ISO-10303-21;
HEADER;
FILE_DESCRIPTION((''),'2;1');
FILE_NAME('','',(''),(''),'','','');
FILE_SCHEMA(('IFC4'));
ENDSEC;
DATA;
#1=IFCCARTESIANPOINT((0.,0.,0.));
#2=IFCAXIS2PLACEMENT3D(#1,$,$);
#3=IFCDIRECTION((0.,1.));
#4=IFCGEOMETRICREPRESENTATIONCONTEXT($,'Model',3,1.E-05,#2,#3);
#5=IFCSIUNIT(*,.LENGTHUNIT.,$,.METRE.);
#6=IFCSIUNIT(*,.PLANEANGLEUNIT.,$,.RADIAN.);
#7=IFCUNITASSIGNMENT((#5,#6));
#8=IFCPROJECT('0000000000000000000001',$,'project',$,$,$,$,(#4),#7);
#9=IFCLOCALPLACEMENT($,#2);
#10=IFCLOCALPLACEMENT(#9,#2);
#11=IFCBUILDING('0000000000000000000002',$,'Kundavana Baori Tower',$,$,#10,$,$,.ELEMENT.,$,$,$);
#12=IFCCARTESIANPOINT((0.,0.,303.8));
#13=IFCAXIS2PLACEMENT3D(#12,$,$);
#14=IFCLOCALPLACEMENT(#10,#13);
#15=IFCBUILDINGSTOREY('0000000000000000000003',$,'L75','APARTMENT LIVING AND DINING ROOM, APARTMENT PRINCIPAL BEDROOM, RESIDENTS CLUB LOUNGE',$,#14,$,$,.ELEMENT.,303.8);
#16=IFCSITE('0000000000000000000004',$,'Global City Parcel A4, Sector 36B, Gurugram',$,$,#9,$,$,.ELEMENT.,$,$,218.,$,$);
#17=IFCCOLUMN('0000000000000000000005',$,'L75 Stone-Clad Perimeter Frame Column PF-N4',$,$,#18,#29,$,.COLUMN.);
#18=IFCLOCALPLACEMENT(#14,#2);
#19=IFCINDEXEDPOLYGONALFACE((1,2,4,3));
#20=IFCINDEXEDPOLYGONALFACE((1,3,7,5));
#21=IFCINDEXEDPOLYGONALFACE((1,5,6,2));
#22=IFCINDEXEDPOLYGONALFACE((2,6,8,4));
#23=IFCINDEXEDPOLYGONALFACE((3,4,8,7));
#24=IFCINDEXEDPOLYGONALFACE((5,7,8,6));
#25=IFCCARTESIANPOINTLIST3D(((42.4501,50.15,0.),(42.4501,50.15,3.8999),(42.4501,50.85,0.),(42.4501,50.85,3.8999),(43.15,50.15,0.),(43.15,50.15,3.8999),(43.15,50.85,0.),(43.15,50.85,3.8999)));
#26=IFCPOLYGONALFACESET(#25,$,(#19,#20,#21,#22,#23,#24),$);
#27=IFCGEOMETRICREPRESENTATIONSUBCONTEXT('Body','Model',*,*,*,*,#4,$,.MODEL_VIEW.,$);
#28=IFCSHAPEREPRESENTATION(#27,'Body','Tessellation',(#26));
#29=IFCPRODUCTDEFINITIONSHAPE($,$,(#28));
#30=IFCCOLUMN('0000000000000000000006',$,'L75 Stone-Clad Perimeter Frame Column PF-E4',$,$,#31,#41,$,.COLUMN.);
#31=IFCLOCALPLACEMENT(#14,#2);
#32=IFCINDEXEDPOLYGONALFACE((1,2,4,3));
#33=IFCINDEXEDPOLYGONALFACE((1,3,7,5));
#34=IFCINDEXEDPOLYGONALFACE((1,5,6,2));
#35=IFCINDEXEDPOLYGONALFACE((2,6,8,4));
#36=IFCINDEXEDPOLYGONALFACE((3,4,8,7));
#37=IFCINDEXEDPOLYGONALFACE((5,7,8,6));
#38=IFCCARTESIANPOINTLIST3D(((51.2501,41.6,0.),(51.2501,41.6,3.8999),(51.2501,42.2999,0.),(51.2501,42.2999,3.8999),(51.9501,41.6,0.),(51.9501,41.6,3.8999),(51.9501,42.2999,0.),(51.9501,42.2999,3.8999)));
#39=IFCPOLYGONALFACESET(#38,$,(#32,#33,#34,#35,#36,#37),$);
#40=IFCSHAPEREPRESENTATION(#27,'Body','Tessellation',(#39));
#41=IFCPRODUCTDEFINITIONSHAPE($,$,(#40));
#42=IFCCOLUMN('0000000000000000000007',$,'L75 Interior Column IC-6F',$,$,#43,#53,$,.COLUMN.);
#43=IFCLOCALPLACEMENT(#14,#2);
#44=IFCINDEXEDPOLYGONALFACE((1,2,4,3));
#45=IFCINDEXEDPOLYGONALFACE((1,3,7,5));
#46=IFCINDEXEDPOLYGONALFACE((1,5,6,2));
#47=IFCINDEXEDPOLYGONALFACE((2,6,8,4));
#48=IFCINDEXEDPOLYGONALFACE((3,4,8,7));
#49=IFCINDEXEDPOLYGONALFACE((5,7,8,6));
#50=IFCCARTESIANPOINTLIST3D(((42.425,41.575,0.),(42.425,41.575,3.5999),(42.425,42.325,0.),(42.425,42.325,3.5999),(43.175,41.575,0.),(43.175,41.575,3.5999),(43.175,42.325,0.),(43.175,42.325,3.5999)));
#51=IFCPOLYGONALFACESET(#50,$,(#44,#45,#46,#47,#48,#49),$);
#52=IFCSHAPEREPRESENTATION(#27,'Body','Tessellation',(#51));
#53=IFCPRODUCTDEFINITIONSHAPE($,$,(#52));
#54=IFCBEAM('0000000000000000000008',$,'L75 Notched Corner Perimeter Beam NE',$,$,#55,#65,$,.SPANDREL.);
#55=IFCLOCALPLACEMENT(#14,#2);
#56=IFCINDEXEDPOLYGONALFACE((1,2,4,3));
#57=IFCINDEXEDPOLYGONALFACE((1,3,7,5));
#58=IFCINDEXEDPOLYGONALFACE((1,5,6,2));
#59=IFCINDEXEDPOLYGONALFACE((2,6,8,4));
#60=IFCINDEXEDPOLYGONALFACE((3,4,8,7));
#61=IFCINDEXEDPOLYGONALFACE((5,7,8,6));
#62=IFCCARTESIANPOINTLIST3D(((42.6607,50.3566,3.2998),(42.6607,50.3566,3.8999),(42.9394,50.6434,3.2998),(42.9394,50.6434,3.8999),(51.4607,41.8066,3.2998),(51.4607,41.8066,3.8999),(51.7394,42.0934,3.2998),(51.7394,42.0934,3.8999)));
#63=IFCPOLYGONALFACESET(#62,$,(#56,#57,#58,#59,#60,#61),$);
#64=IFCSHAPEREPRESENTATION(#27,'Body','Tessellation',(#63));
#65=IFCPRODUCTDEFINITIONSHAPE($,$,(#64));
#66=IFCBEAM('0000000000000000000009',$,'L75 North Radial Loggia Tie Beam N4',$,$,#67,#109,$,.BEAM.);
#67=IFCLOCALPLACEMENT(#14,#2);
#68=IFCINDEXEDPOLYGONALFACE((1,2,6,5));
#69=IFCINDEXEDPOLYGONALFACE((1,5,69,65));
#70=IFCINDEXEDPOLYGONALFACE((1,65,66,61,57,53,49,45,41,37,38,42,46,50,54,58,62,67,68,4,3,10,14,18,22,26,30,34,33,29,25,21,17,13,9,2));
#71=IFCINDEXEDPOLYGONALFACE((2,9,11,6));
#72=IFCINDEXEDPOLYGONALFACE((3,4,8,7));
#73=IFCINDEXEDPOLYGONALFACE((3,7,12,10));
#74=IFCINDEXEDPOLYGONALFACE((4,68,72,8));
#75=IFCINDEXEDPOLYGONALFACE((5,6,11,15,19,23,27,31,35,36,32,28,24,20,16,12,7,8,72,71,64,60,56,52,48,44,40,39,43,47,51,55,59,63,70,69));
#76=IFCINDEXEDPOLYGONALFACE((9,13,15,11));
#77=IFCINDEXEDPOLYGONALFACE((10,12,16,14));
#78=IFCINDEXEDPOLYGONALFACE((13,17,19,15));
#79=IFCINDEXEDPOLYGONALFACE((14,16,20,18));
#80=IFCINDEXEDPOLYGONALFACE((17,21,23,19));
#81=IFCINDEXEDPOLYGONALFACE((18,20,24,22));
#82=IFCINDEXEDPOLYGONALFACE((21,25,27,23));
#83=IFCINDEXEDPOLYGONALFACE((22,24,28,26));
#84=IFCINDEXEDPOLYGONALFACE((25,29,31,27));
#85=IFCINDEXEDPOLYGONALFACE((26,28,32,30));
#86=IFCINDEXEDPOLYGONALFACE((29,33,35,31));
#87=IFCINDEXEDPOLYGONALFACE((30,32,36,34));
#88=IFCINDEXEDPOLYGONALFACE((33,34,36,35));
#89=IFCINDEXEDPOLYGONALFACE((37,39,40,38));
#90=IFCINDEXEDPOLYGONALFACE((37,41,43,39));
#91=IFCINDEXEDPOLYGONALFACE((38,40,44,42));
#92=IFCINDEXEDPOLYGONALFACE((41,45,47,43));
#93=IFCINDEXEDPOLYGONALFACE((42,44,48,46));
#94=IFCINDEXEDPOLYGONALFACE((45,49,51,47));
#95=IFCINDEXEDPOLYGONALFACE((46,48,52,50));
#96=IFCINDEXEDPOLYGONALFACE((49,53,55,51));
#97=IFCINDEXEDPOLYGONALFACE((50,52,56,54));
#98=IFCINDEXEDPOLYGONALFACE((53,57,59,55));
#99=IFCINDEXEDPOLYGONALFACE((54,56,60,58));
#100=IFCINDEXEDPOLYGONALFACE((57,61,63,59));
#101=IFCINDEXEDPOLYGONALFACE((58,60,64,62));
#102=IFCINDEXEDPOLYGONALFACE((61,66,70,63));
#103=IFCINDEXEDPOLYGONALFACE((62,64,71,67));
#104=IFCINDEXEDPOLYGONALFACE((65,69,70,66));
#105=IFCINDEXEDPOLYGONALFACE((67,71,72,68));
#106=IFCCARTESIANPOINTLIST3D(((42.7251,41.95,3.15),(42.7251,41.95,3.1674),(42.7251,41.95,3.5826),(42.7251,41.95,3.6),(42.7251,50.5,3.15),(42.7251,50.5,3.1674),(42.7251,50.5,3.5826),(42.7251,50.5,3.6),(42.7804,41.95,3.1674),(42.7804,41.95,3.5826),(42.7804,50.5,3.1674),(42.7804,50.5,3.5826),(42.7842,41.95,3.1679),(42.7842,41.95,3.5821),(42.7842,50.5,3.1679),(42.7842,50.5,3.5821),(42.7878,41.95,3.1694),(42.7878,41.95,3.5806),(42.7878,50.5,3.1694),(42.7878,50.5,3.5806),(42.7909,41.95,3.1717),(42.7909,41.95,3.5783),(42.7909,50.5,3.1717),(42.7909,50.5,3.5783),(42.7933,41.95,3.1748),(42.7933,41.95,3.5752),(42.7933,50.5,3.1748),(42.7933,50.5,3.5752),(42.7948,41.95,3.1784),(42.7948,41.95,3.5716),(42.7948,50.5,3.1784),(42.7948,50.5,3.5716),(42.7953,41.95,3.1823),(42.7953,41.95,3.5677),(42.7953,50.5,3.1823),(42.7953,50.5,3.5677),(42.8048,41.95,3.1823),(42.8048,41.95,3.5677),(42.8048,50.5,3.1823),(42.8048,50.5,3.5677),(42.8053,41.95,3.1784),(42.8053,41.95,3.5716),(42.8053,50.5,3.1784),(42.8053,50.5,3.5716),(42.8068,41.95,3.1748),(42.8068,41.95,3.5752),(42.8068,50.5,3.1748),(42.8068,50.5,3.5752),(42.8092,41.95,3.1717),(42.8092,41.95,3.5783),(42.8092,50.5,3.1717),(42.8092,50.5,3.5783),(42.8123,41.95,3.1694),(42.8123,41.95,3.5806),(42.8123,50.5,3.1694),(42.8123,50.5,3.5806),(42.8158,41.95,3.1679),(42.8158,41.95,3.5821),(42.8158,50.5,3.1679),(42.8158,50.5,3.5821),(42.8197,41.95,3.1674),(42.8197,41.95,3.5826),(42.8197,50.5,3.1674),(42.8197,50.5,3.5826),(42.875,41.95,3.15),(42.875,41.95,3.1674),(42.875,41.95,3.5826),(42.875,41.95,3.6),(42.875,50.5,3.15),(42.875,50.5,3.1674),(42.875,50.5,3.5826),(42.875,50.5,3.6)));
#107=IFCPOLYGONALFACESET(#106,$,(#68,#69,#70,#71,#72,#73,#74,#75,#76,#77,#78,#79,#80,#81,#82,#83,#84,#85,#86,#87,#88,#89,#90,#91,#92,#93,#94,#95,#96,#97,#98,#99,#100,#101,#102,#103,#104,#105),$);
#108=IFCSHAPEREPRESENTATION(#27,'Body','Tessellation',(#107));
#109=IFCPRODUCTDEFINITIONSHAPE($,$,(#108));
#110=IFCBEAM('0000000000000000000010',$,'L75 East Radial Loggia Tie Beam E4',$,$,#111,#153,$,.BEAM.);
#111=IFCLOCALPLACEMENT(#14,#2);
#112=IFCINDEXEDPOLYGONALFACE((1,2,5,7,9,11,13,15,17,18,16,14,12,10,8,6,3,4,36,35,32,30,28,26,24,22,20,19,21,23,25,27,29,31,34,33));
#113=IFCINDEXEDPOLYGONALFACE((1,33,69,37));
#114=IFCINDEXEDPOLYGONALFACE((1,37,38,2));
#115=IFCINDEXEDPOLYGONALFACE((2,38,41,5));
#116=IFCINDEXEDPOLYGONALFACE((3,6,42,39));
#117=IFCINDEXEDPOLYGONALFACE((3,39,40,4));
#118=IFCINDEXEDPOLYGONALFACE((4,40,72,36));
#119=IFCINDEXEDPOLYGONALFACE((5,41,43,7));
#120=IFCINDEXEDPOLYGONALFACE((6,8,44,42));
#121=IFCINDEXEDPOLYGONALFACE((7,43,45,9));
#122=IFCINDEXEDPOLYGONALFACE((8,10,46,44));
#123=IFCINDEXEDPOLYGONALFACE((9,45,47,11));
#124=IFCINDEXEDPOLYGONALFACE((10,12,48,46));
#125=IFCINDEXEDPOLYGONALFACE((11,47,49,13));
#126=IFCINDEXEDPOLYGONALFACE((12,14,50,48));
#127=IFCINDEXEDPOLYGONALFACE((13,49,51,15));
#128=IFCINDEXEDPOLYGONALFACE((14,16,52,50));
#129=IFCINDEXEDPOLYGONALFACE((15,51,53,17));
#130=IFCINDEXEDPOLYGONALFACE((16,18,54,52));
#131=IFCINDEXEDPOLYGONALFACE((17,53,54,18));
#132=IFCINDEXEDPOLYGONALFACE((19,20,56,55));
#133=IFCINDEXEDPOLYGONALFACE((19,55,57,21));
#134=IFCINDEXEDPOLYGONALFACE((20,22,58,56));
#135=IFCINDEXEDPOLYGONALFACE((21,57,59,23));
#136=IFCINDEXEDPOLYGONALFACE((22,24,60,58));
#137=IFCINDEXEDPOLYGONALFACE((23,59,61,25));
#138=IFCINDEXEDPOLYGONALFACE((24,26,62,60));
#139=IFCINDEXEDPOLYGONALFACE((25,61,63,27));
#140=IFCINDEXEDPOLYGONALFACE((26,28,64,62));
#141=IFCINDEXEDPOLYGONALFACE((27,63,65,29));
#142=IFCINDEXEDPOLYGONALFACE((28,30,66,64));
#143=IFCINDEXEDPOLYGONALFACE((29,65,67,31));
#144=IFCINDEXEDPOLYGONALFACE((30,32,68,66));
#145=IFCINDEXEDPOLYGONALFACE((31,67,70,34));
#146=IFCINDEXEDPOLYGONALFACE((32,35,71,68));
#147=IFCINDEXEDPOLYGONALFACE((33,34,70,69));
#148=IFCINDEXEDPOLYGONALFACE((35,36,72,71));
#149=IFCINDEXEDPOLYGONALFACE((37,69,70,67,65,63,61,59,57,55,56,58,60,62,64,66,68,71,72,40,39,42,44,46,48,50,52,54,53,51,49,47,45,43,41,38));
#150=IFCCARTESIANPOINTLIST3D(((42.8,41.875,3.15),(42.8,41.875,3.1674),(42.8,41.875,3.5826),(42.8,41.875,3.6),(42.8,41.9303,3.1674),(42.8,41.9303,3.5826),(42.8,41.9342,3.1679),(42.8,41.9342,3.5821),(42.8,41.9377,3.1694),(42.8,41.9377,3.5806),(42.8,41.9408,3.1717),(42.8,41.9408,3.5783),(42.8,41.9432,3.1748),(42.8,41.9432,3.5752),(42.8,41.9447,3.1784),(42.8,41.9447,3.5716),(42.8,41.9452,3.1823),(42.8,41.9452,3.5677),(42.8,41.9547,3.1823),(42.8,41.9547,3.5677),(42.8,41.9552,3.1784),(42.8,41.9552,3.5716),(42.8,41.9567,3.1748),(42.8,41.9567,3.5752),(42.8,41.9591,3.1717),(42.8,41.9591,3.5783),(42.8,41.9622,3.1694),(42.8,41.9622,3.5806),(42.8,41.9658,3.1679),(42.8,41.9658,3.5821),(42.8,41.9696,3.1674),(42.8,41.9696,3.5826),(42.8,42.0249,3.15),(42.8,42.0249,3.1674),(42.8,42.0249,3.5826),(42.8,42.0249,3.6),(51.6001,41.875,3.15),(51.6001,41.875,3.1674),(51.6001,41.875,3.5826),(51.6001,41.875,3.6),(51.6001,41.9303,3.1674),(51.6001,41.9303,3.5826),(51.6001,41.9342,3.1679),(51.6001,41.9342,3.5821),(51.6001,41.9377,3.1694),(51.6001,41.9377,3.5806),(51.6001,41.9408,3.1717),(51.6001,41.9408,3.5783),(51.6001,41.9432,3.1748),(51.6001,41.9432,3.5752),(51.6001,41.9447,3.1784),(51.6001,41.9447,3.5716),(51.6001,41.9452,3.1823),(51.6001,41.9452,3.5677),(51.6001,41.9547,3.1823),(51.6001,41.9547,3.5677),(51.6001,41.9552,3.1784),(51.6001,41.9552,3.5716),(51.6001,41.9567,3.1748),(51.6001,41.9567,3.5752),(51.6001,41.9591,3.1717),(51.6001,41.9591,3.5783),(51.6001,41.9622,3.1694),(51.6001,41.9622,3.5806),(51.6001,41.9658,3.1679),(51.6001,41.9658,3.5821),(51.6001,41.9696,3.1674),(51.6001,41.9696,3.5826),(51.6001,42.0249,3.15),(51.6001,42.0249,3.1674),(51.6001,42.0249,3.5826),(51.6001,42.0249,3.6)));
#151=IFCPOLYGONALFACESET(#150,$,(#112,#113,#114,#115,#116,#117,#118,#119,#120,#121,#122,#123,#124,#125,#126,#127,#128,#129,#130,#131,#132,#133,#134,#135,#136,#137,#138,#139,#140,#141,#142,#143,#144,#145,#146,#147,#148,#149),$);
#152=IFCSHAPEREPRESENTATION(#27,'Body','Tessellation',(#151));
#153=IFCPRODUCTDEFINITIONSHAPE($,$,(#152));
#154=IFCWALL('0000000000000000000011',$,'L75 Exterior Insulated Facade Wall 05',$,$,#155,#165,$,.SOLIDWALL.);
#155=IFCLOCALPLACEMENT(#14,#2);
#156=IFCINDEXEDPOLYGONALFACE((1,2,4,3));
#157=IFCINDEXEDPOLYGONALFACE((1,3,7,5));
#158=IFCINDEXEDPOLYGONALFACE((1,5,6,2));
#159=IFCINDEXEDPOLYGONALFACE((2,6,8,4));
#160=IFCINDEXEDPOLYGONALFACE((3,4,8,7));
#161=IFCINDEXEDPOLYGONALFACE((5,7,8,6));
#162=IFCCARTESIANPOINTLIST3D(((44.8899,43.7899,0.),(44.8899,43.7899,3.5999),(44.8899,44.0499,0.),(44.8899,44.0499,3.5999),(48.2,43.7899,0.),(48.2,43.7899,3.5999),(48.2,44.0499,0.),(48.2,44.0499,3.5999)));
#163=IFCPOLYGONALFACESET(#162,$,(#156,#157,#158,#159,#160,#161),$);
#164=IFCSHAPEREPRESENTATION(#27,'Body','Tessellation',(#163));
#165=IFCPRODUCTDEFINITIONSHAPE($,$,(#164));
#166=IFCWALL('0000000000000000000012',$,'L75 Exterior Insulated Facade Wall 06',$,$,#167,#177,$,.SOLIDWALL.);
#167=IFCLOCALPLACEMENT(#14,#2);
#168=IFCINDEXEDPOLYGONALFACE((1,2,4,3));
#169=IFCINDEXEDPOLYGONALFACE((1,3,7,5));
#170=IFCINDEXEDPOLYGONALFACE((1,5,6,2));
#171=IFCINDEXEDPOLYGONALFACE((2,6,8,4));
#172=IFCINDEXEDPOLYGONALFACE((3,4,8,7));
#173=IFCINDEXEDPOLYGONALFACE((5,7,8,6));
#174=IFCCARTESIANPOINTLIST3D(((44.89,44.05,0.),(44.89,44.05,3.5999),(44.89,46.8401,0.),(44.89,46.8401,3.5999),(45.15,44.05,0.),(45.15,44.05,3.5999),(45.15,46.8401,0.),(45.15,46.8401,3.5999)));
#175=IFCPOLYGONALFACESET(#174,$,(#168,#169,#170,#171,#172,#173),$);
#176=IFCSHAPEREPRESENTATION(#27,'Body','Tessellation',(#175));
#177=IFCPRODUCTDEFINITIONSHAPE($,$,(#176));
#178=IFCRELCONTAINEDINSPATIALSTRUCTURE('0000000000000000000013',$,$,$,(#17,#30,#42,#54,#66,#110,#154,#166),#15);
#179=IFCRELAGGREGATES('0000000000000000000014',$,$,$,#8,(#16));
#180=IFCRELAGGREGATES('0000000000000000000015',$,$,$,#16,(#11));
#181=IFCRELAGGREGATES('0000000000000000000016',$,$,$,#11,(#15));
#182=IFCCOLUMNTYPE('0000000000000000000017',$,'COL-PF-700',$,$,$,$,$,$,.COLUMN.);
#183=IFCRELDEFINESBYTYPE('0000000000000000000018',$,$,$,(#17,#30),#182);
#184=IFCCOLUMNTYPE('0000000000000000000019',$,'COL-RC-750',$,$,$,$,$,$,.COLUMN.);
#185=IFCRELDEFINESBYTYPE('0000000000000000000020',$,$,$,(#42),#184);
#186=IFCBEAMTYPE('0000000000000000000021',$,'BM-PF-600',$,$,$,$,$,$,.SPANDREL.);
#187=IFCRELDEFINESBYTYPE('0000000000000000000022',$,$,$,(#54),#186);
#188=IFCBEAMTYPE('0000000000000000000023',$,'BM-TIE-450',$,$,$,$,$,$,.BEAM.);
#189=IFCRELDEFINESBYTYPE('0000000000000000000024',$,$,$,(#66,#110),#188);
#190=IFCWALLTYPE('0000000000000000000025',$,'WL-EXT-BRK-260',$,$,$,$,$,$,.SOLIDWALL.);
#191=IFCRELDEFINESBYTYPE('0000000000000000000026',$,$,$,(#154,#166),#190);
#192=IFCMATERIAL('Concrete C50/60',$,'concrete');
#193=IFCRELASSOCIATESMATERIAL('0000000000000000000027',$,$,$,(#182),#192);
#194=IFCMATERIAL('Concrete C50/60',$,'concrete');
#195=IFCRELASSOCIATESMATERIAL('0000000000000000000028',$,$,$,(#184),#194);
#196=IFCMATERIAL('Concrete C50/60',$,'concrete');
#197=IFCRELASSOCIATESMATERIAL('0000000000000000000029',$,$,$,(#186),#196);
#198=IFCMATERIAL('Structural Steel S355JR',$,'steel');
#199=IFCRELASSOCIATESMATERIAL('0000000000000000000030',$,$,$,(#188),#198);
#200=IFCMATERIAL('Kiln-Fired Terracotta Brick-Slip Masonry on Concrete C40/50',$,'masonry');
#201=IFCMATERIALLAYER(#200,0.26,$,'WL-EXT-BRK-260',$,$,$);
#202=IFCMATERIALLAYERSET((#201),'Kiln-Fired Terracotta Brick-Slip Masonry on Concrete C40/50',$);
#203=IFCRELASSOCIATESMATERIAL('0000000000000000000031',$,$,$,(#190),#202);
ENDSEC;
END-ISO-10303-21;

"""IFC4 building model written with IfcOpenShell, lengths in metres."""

from ifc_helpers import new_model, si_unit, direction, frame, frame_2d, origin, origin_2d, place, context, subcontext, project, spatial, rectangle, i_section, extrude, material, layer, layer_set, material_profile, profile_set, type_object, element, save


model = new_model("IFC4")

# Units and contexts
model_context = context("Model", 3, precision=1e-05, world=origin(), true_north=direction((0.0, 1.0)))
body_context = subcontext(model_context, "Body", "Model", "MODEL_VIEW")
ifc_project = project(units=[si_unit("LENGTHUNIT", "METRE"), si_unit("PLANEANGLEUNIT", "RADIAN")], contexts=[model_context])

# Site, building, storey
site_placement = place(None, origin())
site = spatial("IfcSite", under=ifc_project, at=site_placement, Name="Global City Parcel A4, Sector 36B, Gurugram", CompositionType="ELEMENT", RefElevation=218.0)
building_placement = place(site_placement, origin())
building = spatial("IfcBuilding", under=site, at=building_placement, Name="Kundavana Baori Tower", CompositionType="ELEMENT")
storey_placement = place(building_placement, frame((0.0, 0.0, 303.8)))
storey = spatial("IfcBuildingStorey", under=building, at=storey_placement, Name="L75", Description="APARTMENT LIVING AND DINING ROOM, APARTMENT PRINCIPAL BEDROOM, RESIDENTS CLUB LOUNGE", CompositionType="ELEMENT", Elevation=303.8)

# Columns
ifc_material_1 = material(Name="Concrete C50/60", Category="concrete")
ifc_material_profile_1 = material_profile(ifc_material_1, rectangle(XDim=0.7, YDim=0.7, at=origin_2d()), Name="RC PF 700x700")
ifc_profile_set_1 = profile_set([ifc_material_profile_1], Name="Concrete C50/60")
column_type_1 = type_object("IfcColumnType", Name="COL-PF-700", PredefinedType="COLUMN", material=ifc_profile_set_1)
for number, where, z_axis, x_axis, name in (
    (1, (42.8, 50.5, 0.0), (0.0, 0.0, 1.0), (1.0, 0.0, 0.0), "L75 Stone-Clad Perimeter Frame Column PF-N4"),
    (2, (51.6001, 41.95, 0.0), (0.0, 0.0, 1.0), (1.0, 0.0, 0.0), "L75 Stone-Clad Perimeter Frame Column PF-E4"),
):
    element("IfcColumn", number, at=place(storey_placement, frame(where, z_axis=z_axis, x_axis=x_axis)), inside=storey, type_object=column_type_1, Name=name, PredefinedType="COLUMN", context=body_context, shape_type="SweptSolid", body=[
        extrude(rectangle(XDim=0.7, YDim=0.7, at=origin_2d()), origin(), (0.0, 0.0, 1.0), 3.8999),
    ])
ifc_material_2 = material(Name="Concrete C50/60", Category="concrete")
ifc_material_profile_2 = material_profile(ifc_material_2, rectangle(XDim=0.75, YDim=0.75, at=origin_2d()), Name="RC 750x750")
ifc_profile_set_2 = profile_set([ifc_material_profile_2], Name="Concrete C50/60")
column_type_2 = type_object("IfcColumnType", Name="COL-RC-750", PredefinedType="COLUMN", material=ifc_profile_set_2)
column_placement = place(storey_placement, frame((42.8, 41.95, 0.0), z_axis=(0.0, 0.0, 1.0), x_axis=(1.0, 0.0, 0.0)))
element("IfcColumn", 3, at=column_placement, inside=storey, type_object=column_type_2, Name="L75 Interior Column IC-6F", PredefinedType="COLUMN", context=body_context, shape_type="SweptSolid", body=[
    extrude(rectangle(XDim=0.75, YDim=0.75, at=origin_2d()), origin(), (0.0, 0.0, 1.0), 3.5999),
])

# Beams
ifc_material_3 = material(Name="Concrete C50/60", Category="concrete")
ifc_material_profile_3 = material_profile(ifc_material_3, rectangle(XDim=0.3999, YDim=0.6001, at=origin_2d()), Name="RC BM 400x600")
ifc_profile_set_3 = profile_set([ifc_material_profile_3], Name="Concrete C50/60")
beam_type_1 = type_object("IfcBeamType", Name="BM-PF-600", PredefinedType="SPANDREL", material=ifc_profile_set_3)
beam_1_placement = place(storey_placement, frame((42.8, 50.5, 3.5999), z_axis=(0.717221, -0.696846, 0.0), x_axis=(0.696846, 0.717221, 0.0)))
element("IfcBeam", 4, at=beam_1_placement, inside=storey, type_object=beam_type_1, Name="L75 Notched Corner Perimeter Beam NE", PredefinedType="SPANDREL", context=body_context, shape_type="SweptSolid", body=[
    extrude(rectangle(XDim=0.3999, YDim=0.6001, at=origin_2d()), origin(), (0.0, 0.0, 1.0), 12.2695),
])
ifc_material_4 = material(Name="Structural Steel S355JR", Category="steel")
ifc_material_profile_4 = material_profile(ifc_material_4, i_section(OverallWidth=0.1499, OverallDepth=0.45, WebThickness=0.0095, FlangeThickness=0.0173, FilletRadius=0.0149, at=origin_2d()), Name="ISMB 450")
ifc_profile_set_4 = profile_set([ifc_material_profile_4], Name="Structural Steel S355JR")
beam_type_2 = type_object("IfcBeamType", Name="BM-TIE-450", PredefinedType="BEAM", material=ifc_profile_set_4)
beam_2_placement = place(storey_placement, frame((42.8, 41.95, 3.375), z_axis=(0.0, 1.0, 0.0), x_axis=(-1.0, 0.0, 0.0)))
element("IfcBeam", 5, at=beam_2_placement, inside=storey, type_object=beam_type_2, Name="L75 North Radial Loggia Tie Beam N4", PredefinedType="BEAM", context=body_context, shape_type="SweptSolid", body=[
    extrude(i_section(OverallWidth=0.1499, OverallDepth=0.45, WebThickness=0.0095, FlangeThickness=0.0173, FilletRadius=0.0149, at=origin_2d()), origin(), (0.0, 0.0, 1.0), 8.55),
])
beam_3_placement = place(storey_placement, frame((42.8, 41.95, 3.375), z_axis=(1.0, 0.0, 0.0), x_axis=(0.0, 1.0, 0.0)))
element("IfcBeam", 6, at=beam_3_placement, inside=storey, type_object=beam_type_2, Name="L75 East Radial Loggia Tie Beam E4", PredefinedType="BEAM", context=body_context, shape_type="SweptSolid", body=[
    extrude(i_section(OverallWidth=0.1499, OverallDepth=0.45, WebThickness=0.0095, FlangeThickness=0.0173, FilletRadius=0.0149, at=origin_2d()), origin(), (0.0, 0.0, 1.0), 8.8),
])

# Walls
ifc_material_5 = material(Name="Kiln-Fired Terracotta Brick-Slip Masonry on Concrete C40/50", Category="masonry")
ifc_layer_1 = layer(ifc_material_5, 0.26, Name="WL-EXT-BRK-260")
ifc_layer_set_1 = layer_set([ifc_layer_1], Name="Kiln-Fired Terracotta Brick-Slip Masonry on Concrete C40/50")
wall_type_1 = type_object("IfcWallType", Name="WL-EXT-BRK-260", PredefinedType="SOLIDWALL", material=ifc_layer_set_1)
wall_1_placement = place(storey_placement, frame((48.2, 43.9199, 0.0), z_axis=(0.0, 0.0, 1.0), x_axis=(-1.0, 0.0, 0.0)))
element("IfcWall", 7, at=wall_1_placement, inside=storey, type_object=wall_type_1, Name="L75 Exterior Insulated Facade Wall 05", PredefinedType="SOLIDWALL", context=body_context, shape_type="SweptSolid", body=[
    extrude(rectangle(XDim=3.3101, YDim=0.26, at=frame_2d((1.655, 0.0))), origin(), (0.0, 0.0, 1.0), 3.5999),
])
wall_2_placement = place(storey_placement, frame((45.02, 44.05, 0.0), z_axis=(0.0, 0.0, 1.0), x_axis=(0.0, 1.0, 0.0)))
element("IfcWall", 8, at=wall_2_placement, inside=storey, type_object=wall_type_1, Name="L75 Exterior Insulated Facade Wall 06", PredefinedType="SOLIDWALL", context=body_context, shape_type="SweptSolid", body=[
    extrude(rectangle(XDim=2.79, YDim=0.26, at=frame_2d((1.395, 0.0))), origin(), (0.0, 0.0, 1.0), 3.5999),
])

save(model, "model.ifc")
